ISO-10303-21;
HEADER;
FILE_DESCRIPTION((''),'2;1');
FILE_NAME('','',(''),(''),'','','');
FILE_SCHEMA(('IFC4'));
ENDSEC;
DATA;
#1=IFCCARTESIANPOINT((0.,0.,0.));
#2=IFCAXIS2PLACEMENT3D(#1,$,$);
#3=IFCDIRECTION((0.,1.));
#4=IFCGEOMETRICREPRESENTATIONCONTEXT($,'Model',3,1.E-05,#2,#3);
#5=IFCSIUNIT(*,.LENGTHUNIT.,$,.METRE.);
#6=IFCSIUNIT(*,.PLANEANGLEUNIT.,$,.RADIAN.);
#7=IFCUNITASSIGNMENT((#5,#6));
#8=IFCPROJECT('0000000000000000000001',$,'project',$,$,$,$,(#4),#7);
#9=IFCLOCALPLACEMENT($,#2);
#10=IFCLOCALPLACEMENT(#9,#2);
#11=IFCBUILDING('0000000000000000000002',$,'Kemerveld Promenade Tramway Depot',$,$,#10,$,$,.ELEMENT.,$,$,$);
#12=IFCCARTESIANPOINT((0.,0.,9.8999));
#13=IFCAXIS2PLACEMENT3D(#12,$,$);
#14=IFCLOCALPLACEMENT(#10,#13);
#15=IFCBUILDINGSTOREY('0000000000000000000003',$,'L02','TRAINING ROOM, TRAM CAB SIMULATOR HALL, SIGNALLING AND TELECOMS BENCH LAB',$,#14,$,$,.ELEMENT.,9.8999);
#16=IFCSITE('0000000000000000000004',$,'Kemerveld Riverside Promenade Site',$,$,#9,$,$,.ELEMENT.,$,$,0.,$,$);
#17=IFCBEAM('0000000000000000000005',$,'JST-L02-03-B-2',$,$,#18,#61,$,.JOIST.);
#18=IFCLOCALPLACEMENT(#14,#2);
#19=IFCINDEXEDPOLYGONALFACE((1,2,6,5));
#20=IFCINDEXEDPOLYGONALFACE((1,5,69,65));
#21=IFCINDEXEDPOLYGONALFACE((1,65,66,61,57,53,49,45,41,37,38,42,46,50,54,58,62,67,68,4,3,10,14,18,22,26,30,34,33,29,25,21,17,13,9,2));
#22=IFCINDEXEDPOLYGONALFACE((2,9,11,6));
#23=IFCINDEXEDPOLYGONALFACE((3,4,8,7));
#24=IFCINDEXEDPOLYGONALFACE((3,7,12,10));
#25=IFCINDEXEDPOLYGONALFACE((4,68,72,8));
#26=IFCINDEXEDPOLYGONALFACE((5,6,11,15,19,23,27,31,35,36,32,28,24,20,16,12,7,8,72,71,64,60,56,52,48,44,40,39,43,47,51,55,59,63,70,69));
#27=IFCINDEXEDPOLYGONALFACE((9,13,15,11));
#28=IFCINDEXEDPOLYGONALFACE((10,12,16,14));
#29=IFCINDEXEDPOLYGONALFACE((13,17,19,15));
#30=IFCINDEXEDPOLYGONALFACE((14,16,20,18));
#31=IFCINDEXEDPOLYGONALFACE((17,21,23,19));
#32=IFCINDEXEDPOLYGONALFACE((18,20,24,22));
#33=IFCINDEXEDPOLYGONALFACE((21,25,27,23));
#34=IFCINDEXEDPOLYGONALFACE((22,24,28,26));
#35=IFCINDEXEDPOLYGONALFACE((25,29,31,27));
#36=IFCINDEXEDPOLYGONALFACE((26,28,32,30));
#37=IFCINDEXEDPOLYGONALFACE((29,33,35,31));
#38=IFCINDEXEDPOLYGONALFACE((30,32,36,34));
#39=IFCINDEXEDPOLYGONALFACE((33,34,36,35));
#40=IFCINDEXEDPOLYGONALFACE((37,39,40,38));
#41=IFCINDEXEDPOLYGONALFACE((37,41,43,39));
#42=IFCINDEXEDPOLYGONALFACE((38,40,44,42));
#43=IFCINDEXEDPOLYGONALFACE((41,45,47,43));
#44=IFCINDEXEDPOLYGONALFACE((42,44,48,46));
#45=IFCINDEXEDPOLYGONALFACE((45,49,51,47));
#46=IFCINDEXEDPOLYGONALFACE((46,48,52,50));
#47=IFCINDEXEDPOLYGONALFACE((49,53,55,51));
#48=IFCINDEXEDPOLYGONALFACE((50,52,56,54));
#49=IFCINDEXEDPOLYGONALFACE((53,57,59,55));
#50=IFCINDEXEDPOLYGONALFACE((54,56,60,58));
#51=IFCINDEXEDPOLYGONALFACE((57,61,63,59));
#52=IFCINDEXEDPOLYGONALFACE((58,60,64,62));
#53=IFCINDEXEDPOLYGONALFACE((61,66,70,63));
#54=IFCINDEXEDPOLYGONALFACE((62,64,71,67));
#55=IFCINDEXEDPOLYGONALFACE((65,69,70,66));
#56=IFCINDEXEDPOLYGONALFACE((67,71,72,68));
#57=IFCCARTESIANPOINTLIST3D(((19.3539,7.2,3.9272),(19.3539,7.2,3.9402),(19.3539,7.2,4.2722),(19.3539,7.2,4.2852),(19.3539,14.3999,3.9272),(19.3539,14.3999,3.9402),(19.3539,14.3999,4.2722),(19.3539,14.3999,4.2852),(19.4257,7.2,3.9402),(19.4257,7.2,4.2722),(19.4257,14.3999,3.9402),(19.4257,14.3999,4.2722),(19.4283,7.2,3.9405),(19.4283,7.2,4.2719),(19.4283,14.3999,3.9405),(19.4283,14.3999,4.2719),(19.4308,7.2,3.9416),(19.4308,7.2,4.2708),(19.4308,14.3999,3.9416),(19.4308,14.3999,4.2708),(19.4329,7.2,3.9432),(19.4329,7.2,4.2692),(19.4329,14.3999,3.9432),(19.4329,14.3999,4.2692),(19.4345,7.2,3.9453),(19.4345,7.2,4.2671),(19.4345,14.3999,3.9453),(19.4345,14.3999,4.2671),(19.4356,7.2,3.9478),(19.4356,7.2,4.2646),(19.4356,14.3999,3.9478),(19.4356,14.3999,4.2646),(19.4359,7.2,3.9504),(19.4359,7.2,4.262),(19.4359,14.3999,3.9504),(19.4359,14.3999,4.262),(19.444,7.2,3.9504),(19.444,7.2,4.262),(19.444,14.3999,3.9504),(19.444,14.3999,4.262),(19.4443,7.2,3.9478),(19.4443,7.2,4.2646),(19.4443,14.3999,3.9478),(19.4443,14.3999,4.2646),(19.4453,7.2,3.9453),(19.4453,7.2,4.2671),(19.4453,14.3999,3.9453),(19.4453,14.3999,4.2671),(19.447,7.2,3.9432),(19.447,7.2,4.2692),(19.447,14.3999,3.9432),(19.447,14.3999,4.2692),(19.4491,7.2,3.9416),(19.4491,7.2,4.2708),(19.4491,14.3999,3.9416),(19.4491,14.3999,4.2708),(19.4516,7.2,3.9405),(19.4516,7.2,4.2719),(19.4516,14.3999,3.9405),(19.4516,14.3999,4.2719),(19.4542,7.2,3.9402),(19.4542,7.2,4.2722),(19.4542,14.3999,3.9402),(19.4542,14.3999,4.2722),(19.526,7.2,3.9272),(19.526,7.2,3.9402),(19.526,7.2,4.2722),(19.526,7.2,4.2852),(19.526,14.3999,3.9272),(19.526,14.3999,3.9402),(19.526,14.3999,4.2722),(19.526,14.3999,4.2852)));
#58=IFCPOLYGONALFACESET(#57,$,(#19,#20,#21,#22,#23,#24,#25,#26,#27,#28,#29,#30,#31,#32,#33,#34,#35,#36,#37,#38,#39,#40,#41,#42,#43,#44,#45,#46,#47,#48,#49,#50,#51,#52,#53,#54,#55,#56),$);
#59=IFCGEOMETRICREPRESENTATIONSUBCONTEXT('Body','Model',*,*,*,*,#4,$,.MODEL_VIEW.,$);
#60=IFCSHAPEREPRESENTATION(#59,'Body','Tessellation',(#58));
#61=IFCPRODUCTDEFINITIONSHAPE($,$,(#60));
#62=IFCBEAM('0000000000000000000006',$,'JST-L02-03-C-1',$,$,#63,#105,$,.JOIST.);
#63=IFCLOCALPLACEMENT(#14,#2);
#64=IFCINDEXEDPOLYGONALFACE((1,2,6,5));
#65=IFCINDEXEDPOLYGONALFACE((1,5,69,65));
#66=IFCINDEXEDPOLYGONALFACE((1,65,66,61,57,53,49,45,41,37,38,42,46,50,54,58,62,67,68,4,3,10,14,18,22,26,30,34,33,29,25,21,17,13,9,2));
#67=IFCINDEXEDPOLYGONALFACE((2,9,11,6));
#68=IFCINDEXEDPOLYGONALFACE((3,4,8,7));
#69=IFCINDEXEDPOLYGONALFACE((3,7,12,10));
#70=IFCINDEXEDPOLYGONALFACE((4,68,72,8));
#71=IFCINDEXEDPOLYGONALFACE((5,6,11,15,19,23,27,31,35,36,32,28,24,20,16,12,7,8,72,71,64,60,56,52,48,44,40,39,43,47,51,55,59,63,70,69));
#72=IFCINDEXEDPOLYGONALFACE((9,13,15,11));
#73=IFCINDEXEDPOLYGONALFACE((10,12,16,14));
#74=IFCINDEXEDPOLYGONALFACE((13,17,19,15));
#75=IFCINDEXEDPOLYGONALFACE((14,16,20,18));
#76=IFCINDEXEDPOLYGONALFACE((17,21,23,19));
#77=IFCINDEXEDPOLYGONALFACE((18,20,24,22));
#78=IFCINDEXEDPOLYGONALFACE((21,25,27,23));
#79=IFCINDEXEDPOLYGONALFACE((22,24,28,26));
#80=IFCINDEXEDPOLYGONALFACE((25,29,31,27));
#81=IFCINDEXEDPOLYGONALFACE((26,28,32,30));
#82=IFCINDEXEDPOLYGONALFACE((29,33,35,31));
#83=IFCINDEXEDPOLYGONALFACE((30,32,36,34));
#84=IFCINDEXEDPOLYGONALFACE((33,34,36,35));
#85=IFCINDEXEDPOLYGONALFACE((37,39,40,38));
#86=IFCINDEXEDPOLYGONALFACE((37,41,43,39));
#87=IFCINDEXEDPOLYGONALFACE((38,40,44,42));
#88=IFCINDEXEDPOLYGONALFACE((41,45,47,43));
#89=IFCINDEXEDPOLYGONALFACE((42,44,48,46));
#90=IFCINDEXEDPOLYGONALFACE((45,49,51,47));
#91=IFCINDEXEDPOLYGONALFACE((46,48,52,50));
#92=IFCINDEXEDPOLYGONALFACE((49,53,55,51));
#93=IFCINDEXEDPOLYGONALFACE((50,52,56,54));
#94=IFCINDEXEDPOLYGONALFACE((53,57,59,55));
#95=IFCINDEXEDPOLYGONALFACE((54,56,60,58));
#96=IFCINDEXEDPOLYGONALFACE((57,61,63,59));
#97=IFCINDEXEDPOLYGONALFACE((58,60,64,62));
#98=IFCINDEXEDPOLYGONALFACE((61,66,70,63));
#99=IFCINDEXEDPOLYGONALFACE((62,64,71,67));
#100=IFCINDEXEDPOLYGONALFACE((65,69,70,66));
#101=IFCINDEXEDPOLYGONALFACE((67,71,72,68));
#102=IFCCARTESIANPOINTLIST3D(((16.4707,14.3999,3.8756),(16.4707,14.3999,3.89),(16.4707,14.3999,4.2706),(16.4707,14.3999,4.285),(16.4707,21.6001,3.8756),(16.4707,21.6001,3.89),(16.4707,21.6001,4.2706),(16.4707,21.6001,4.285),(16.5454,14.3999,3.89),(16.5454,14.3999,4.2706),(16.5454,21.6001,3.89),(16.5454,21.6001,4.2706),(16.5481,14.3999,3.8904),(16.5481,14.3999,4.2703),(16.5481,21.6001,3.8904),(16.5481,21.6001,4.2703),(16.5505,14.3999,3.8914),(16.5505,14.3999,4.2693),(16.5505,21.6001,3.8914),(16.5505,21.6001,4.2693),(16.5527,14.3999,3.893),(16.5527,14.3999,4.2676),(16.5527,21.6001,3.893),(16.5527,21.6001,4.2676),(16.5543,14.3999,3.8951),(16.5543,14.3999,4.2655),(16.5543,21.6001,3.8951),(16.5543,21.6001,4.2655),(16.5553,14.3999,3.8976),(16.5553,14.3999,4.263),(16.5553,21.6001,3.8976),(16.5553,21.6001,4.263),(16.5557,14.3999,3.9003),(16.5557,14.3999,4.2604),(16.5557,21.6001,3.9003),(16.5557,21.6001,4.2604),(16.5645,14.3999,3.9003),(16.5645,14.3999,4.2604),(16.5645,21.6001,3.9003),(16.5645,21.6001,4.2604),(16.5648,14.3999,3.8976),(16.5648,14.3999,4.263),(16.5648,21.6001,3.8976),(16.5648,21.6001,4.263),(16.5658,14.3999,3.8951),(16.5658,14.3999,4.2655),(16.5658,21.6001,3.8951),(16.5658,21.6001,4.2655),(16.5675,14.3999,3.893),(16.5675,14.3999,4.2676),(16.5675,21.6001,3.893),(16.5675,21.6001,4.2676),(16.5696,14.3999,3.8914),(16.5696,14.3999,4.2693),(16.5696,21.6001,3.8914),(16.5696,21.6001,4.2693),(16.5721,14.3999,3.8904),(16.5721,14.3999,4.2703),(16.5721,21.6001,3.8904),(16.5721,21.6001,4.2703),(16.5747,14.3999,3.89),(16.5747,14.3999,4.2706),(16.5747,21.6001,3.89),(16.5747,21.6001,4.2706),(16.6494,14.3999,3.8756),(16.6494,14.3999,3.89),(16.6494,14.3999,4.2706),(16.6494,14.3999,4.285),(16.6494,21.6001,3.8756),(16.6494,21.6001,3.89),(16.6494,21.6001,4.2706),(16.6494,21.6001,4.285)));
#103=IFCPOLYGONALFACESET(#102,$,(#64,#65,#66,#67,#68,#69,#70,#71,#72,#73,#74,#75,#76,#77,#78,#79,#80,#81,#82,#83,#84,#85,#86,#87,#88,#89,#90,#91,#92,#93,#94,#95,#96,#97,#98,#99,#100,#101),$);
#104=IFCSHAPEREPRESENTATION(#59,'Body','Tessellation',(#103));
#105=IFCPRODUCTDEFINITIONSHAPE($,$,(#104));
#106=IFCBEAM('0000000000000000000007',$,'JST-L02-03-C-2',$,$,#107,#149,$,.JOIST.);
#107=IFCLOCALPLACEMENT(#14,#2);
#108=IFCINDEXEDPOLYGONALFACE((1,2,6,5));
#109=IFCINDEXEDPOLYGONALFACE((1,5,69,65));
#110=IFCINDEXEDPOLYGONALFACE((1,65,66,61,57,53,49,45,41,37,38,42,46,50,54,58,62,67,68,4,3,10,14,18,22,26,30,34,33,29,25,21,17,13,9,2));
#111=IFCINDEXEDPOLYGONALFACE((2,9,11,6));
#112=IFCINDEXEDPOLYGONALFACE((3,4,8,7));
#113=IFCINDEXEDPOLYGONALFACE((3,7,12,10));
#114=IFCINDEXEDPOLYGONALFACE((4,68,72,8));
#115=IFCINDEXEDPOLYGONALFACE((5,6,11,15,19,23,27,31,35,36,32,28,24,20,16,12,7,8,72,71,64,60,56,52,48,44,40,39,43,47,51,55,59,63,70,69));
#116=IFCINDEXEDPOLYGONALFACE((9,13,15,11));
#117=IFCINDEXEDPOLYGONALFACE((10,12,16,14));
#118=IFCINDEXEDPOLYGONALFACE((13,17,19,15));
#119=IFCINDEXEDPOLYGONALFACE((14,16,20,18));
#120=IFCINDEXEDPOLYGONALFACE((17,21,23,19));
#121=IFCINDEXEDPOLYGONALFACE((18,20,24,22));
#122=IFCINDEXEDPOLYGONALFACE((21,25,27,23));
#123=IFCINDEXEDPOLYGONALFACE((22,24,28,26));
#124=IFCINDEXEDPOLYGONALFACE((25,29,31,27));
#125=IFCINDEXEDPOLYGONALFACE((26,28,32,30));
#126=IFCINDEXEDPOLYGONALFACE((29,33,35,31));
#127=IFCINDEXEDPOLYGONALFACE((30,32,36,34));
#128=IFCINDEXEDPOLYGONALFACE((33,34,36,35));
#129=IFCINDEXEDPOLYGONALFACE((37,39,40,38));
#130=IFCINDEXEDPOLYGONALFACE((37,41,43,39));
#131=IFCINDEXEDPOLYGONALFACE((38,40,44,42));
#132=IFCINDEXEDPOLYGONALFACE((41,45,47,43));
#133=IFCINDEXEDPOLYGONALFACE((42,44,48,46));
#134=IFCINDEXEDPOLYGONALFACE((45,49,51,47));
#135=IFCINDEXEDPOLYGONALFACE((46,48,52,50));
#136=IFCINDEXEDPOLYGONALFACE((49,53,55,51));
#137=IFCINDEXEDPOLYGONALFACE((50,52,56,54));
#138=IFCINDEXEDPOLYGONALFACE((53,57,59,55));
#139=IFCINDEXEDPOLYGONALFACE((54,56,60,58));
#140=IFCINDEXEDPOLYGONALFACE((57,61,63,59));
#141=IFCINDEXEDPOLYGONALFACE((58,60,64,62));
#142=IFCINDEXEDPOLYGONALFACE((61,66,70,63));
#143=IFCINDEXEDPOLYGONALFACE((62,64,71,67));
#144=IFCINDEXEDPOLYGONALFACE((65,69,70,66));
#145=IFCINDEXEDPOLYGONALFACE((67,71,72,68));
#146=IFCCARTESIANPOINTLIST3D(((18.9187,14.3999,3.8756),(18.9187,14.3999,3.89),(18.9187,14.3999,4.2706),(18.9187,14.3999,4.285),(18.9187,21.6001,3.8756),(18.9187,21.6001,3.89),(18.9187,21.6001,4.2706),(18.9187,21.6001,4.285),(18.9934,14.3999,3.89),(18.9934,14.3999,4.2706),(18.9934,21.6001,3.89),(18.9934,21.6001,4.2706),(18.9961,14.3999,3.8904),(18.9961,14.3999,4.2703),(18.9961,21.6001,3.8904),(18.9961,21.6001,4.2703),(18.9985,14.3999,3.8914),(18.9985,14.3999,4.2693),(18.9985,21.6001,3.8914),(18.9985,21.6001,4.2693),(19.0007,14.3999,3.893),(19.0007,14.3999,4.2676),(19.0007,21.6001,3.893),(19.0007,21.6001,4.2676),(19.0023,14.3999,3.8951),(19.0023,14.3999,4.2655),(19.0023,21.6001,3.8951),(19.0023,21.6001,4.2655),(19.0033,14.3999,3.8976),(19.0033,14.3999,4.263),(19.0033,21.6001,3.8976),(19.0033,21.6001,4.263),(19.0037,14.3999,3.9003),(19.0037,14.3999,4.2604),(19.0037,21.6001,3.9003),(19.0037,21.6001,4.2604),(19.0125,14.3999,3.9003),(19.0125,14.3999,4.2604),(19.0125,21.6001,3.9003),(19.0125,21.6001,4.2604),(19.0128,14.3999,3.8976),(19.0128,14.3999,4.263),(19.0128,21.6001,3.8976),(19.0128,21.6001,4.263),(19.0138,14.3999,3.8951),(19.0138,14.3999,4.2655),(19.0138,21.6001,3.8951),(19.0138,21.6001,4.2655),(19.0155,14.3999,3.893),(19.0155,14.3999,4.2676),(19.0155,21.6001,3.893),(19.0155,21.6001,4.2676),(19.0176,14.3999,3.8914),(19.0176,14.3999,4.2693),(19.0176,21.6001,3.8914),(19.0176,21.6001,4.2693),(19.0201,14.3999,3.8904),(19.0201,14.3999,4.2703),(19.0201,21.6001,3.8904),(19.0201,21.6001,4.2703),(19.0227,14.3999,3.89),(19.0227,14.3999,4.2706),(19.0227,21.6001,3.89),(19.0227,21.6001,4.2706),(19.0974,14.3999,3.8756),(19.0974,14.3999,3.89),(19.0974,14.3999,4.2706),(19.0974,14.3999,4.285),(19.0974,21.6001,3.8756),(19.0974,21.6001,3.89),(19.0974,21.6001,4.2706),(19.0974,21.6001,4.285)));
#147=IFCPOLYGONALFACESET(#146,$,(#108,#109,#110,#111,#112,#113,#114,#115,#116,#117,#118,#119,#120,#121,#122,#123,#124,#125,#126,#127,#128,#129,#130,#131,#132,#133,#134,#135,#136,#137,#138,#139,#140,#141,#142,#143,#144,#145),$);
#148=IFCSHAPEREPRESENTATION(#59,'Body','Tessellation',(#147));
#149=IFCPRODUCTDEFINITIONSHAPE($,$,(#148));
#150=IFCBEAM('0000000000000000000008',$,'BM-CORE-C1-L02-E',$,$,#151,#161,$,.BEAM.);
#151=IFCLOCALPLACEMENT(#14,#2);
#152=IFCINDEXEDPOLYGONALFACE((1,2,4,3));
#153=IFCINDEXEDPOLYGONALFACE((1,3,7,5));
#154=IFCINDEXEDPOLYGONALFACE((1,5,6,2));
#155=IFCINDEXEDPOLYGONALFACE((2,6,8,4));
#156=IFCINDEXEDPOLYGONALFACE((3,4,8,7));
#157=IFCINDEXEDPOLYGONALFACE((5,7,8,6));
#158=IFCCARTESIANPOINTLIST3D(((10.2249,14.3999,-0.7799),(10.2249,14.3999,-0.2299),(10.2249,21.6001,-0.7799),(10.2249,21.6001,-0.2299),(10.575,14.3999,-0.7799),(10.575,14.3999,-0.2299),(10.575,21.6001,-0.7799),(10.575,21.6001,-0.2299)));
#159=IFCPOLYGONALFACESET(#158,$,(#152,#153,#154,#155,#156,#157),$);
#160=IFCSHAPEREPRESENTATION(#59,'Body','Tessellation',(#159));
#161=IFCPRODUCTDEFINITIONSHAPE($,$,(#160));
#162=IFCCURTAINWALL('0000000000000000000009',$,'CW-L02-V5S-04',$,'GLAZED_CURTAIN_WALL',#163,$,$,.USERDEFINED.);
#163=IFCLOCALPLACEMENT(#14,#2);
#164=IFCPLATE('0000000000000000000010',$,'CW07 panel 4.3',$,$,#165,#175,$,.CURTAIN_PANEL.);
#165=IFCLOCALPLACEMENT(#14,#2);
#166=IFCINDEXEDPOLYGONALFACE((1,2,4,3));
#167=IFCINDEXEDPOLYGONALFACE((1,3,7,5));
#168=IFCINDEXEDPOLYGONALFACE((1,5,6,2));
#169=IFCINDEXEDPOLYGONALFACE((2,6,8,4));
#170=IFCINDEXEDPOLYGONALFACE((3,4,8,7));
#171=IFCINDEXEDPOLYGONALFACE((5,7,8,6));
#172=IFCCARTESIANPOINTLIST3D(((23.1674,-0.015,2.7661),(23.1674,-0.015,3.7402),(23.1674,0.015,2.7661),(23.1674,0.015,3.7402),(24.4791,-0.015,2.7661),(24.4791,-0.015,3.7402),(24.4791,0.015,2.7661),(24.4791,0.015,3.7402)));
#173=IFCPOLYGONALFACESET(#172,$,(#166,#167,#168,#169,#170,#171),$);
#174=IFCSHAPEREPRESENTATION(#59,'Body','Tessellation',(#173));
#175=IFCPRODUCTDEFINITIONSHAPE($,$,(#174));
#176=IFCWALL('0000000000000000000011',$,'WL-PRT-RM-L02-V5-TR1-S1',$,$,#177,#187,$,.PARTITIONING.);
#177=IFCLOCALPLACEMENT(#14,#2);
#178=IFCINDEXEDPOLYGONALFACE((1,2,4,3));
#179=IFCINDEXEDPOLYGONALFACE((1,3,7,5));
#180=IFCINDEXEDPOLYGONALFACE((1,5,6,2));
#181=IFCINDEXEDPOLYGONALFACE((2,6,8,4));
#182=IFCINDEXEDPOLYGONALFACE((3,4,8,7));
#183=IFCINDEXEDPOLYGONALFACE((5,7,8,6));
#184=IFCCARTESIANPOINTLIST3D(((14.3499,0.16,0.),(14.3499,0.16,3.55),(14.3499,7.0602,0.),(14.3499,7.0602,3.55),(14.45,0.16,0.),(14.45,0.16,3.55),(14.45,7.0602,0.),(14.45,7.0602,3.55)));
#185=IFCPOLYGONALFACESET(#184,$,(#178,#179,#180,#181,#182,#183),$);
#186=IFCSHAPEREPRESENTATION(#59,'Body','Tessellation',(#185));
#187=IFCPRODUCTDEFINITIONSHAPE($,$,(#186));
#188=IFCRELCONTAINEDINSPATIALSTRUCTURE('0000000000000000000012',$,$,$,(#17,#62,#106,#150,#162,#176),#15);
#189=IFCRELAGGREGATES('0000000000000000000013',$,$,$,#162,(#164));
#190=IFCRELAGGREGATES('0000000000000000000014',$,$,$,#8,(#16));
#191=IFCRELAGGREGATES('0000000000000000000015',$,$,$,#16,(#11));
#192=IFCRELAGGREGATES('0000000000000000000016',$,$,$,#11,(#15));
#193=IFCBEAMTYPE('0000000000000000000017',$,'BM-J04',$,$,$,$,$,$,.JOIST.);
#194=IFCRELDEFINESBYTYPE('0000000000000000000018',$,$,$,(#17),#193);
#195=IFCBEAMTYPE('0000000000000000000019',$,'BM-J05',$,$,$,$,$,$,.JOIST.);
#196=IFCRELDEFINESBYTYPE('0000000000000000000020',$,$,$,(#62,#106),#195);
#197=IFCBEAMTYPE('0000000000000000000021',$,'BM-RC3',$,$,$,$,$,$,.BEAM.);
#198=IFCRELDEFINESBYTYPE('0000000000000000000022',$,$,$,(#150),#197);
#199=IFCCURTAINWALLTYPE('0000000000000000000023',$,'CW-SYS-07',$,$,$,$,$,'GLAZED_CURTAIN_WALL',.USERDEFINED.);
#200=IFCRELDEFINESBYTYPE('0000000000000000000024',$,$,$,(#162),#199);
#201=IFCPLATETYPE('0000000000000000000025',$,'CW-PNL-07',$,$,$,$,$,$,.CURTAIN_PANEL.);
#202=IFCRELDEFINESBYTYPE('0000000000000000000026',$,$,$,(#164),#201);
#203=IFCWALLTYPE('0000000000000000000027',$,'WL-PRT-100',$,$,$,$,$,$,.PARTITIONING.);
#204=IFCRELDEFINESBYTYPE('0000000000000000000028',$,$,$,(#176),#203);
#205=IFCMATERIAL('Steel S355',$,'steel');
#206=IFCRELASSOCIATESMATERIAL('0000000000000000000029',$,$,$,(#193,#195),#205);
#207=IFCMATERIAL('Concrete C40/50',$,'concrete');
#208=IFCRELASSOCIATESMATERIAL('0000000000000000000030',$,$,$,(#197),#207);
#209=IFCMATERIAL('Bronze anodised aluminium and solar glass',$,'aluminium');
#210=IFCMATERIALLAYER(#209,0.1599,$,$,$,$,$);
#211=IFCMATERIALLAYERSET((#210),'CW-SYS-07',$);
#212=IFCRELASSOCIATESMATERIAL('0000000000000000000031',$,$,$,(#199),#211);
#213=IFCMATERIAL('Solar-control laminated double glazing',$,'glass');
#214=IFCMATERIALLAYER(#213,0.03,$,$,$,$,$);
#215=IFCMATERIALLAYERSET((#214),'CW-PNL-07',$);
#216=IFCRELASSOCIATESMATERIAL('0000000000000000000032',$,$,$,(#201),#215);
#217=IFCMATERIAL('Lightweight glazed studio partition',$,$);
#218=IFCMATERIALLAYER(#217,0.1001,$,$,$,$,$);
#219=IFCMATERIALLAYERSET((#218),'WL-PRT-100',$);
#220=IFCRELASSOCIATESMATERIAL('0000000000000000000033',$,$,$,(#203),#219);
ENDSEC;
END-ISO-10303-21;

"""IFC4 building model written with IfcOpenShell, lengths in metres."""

from ifc_helpers import new_model, si_unit, direction, frame, frame_2d, origin, origin_2d, place, context, subcontext, project, spatial, rectangle, i_section, extrude, material, layer, layer_set, material_profile, profile_set, type_object, element, aggregate, save


model = new_model("IFC4")

# Units and contexts
model_context = context("Model", 3, precision=1e-05, world=origin(), true_north=direction((0.0, 1.0)))
body_context = subcontext(model_context, "Body", "Model", "MODEL_VIEW")
ifc_project = project(units=[si_unit("LENGTHUNIT", "METRE"), si_unit("PLANEANGLEUNIT", "RADIAN")], contexts=[model_context])

# Site, building, storey
site_placement = place(None, origin())
site = spatial("IfcSite", under=ifc_project, at=site_placement, Name="Kemerveld Riverside Promenade Site", CompositionType="ELEMENT", RefElevation=0.0)
building_placement = place(site_placement, origin())
building = spatial("IfcBuilding", under=site, at=building_placement, Name="Kemerveld Promenade Tramway Depot", CompositionType="ELEMENT")
storey_placement = place(building_placement, frame((0.0, 0.0, 9.8999)))
storey = spatial("IfcBuildingStorey", under=building, at=storey_placement, Name="L02", Description="TRAINING ROOM, TRAM CAB SIMULATOR HALL, SIGNALLING AND TELECOMS BENCH LAB", CompositionType="ELEMENT", Elevation=9.8999)

# Shared definitions
ifc_material_1 = material(Name="Steel S355", Category="steel")

# Beams
ifc_material_profile_1 = material_profile(ifc_material_1, i_section(OverallWidth=0.1721, OverallDepth=0.3579, WebThickness=0.0081, FlangeThickness=0.0129, FilletRadius=0.0103, at=origin_2d()), Name="356x171x57 UB")
ifc_profile_set_1 = profile_set([ifc_material_profile_1], Name="Steel S355")
beam_type_1 = type_object("IfcBeamType", Name="BM-J04", PredefinedType="JOIST", material=ifc_profile_set_1)
for number, where, z_axis, x_axis, name in (
    (1, (19.4399, 7.2, 4.1062), (0.0, 1.0, 0.0), (-1.0, 0.0, 0.0), "JST-L02-03-B-2"),
):
    element("IfcBeam", number, at=place(storey_placement, frame(where, z_axis=z_axis, x_axis=x_axis)), inside=storey, type_object=beam_type_1, Name=name, PredefinedType="JOIST", context=body_context, shape_type="SweptSolid", body=[
        extrude(i_section(OverallWidth=0.1721, OverallDepth=0.3579, WebThickness=0.0081, FlangeThickness=0.0129, FilletRadius=0.0103, at=origin_2d()), origin(), (0.0, 0.0, 1.0), 7.2),
    ])
ifc_material_profile_2 = material_profile(ifc_material_1, i_section(OverallWidth=0.1787, OverallDepth=0.4094, WebThickness=0.0088, FlangeThickness=0.0144, FilletRadius=0.0103, at=origin_2d()), Name="406x178x67 UB")
ifc_profile_set_2 = profile_set([ifc_material_profile_2], Name="Steel S355")
beam_type_2 = type_object("IfcBeamType", Name="BM-J05", PredefinedType="JOIST", material=ifc_profile_set_2)
for number, where, z_axis, x_axis, name in (
    (2, (16.5601, 14.3999, 4.0803), (0.0, 1.0, 0.0), (-1.0, 0.0, 0.0), "JST-L02-03-C-1"),
    (3, (19.0081, 14.3999, 4.0803), (0.0, 1.0, 0.0), (-1.0, 0.0, 0.0), "JST-L02-03-C-2"),
):
    element("IfcBeam", number, at=place(storey_placement, frame(where, z_axis=z_axis, x_axis=x_axis)), inside=storey, type_object=beam_type_2, Name=name, PredefinedType="JOIST", context=body_context, shape_type="SweptSolid", body=[
        extrude(i_section(OverallWidth=0.1787, OverallDepth=0.4094, WebThickness=0.0088, FlangeThickness=0.0144, FilletRadius=0.0103, at=origin_2d()), origin(), (0.0, 0.0, 1.0), 7.2002),
    ])
ifc_material_2 = material(Name="Concrete C40/50", Category="concrete")
ifc_material_profile_3 = material_profile(ifc_material_2, rectangle(XDim=0.3501, YDim=0.55, at=origin_2d()), Name="RC-BM-350x550")
ifc_profile_set_3 = profile_set([ifc_material_profile_3], Name="Concrete C40/50")
beam_type_3 = type_object("IfcBeamType", Name="BM-RC3", PredefinedType="BEAM", material=ifc_profile_set_3)
beam_1_placement = place(storey_placement, frame((10.3999, 14.3999, -0.5049), z_axis=(0.0, 1.0, 0.0), x_axis=(-1.0, 0.0, 0.0)))
element("IfcBeam", 4, at=beam_1_placement, inside=storey, type_object=beam_type_3, Name="BM-CORE-C1-L02-E", PredefinedType="BEAM", context=body_context, shape_type="SweptSolid", body=[
    extrude(rectangle(XDim=0.3501, YDim=0.55, at=origin_2d()), origin(), (0.0, 0.0, 1.0), 7.2002),
])

# Curtain wall, plate
ifc_material_3 = material(Name="Bronze anodised aluminium and solar glass", Category="aluminium")
ifc_layer_1 = layer(ifc_material_3, 0.1599)
ifc_layer_set_1 = layer_set([ifc_layer_1], Name="CW-SYS-07")
curtain_wall_type = type_object("IfcCurtainWallType", Name="CW-SYS-07", ElementType="GLAZED_CURTAIN_WALL", PredefinedType="USERDEFINED", material=ifc_layer_set_1)
curtain_wall_placement = place(storey_placement, origin())
curtain_wall = element("IfcCurtainWall", 5, at=curtain_wall_placement, inside=storey, type_object=curtain_wall_type, Name="CW-L02-V5S-04", ObjectType="GLAZED_CURTAIN_WALL", PredefinedType="USERDEFINED")
ifc_material_4 = material(Name="Solar-control laminated double glazing", Category="glass")
ifc_layer_2 = layer(ifc_material_4, 0.03)
ifc_layer_set_2 = layer_set([ifc_layer_2], Name="CW-PNL-07")
plate_type = type_object("IfcPlateType", Name="CW-PNL-07", PredefinedType="CURTAIN_PANEL", material=ifc_layer_set_2)
plate_placement = place(storey_placement, frame((23.8232, 0.0, 2.7661), z_axis=(0.0, 0.0, 1.0), x_axis=(-1.0, 0.0, 0.0)))
plate = element("IfcPlate", 6, at=plate_placement, type_object=plate_type, Name="CW07 panel 4.3", PredefinedType="CURTAIN_PANEL", context=body_context, shape_type="SweptSolid", body=[
    extrude(rectangle(XDim=1.3118, YDim=0.03, at=origin_2d()), origin(), (0.0, 0.0, 1.0), 0.9741),
])
aggregate(curtain_wall, [plate])

# Wall
ifc_material_5 = material(Name="Lightweight glazed studio partition")
ifc_layer_3 = layer(ifc_material_5, 0.1001)
ifc_layer_set_3 = layer_set([ifc_layer_3], Name="WL-PRT-100")
wall_type_1 = type_object("IfcWallType", Name="WL-PRT-100", PredefinedType="PARTITIONING", material=ifc_layer_set_3)
wall_1_placement = place(storey_placement, frame((14.3999, 0.1599, 0.0), z_axis=(0.0, 0.0, 1.0), x_axis=(0.0, 1.0, 0.0)))
element("IfcWall", 7, at=wall_1_placement, inside=storey, type_object=wall_type_1, Name="WL-PRT-RM-L02-V5-TR1-S1", PredefinedType="PARTITIONING", context=body_context, shape_type="SweptSolid", body=[
    extrude(rectangle(XDim=6.9001, YDim=0.1001, at=frame_2d((3.4502, 0.0))), origin(), (0.0, 0.0, 1.0), 3.55),
])

save(model, "model.ifc")
